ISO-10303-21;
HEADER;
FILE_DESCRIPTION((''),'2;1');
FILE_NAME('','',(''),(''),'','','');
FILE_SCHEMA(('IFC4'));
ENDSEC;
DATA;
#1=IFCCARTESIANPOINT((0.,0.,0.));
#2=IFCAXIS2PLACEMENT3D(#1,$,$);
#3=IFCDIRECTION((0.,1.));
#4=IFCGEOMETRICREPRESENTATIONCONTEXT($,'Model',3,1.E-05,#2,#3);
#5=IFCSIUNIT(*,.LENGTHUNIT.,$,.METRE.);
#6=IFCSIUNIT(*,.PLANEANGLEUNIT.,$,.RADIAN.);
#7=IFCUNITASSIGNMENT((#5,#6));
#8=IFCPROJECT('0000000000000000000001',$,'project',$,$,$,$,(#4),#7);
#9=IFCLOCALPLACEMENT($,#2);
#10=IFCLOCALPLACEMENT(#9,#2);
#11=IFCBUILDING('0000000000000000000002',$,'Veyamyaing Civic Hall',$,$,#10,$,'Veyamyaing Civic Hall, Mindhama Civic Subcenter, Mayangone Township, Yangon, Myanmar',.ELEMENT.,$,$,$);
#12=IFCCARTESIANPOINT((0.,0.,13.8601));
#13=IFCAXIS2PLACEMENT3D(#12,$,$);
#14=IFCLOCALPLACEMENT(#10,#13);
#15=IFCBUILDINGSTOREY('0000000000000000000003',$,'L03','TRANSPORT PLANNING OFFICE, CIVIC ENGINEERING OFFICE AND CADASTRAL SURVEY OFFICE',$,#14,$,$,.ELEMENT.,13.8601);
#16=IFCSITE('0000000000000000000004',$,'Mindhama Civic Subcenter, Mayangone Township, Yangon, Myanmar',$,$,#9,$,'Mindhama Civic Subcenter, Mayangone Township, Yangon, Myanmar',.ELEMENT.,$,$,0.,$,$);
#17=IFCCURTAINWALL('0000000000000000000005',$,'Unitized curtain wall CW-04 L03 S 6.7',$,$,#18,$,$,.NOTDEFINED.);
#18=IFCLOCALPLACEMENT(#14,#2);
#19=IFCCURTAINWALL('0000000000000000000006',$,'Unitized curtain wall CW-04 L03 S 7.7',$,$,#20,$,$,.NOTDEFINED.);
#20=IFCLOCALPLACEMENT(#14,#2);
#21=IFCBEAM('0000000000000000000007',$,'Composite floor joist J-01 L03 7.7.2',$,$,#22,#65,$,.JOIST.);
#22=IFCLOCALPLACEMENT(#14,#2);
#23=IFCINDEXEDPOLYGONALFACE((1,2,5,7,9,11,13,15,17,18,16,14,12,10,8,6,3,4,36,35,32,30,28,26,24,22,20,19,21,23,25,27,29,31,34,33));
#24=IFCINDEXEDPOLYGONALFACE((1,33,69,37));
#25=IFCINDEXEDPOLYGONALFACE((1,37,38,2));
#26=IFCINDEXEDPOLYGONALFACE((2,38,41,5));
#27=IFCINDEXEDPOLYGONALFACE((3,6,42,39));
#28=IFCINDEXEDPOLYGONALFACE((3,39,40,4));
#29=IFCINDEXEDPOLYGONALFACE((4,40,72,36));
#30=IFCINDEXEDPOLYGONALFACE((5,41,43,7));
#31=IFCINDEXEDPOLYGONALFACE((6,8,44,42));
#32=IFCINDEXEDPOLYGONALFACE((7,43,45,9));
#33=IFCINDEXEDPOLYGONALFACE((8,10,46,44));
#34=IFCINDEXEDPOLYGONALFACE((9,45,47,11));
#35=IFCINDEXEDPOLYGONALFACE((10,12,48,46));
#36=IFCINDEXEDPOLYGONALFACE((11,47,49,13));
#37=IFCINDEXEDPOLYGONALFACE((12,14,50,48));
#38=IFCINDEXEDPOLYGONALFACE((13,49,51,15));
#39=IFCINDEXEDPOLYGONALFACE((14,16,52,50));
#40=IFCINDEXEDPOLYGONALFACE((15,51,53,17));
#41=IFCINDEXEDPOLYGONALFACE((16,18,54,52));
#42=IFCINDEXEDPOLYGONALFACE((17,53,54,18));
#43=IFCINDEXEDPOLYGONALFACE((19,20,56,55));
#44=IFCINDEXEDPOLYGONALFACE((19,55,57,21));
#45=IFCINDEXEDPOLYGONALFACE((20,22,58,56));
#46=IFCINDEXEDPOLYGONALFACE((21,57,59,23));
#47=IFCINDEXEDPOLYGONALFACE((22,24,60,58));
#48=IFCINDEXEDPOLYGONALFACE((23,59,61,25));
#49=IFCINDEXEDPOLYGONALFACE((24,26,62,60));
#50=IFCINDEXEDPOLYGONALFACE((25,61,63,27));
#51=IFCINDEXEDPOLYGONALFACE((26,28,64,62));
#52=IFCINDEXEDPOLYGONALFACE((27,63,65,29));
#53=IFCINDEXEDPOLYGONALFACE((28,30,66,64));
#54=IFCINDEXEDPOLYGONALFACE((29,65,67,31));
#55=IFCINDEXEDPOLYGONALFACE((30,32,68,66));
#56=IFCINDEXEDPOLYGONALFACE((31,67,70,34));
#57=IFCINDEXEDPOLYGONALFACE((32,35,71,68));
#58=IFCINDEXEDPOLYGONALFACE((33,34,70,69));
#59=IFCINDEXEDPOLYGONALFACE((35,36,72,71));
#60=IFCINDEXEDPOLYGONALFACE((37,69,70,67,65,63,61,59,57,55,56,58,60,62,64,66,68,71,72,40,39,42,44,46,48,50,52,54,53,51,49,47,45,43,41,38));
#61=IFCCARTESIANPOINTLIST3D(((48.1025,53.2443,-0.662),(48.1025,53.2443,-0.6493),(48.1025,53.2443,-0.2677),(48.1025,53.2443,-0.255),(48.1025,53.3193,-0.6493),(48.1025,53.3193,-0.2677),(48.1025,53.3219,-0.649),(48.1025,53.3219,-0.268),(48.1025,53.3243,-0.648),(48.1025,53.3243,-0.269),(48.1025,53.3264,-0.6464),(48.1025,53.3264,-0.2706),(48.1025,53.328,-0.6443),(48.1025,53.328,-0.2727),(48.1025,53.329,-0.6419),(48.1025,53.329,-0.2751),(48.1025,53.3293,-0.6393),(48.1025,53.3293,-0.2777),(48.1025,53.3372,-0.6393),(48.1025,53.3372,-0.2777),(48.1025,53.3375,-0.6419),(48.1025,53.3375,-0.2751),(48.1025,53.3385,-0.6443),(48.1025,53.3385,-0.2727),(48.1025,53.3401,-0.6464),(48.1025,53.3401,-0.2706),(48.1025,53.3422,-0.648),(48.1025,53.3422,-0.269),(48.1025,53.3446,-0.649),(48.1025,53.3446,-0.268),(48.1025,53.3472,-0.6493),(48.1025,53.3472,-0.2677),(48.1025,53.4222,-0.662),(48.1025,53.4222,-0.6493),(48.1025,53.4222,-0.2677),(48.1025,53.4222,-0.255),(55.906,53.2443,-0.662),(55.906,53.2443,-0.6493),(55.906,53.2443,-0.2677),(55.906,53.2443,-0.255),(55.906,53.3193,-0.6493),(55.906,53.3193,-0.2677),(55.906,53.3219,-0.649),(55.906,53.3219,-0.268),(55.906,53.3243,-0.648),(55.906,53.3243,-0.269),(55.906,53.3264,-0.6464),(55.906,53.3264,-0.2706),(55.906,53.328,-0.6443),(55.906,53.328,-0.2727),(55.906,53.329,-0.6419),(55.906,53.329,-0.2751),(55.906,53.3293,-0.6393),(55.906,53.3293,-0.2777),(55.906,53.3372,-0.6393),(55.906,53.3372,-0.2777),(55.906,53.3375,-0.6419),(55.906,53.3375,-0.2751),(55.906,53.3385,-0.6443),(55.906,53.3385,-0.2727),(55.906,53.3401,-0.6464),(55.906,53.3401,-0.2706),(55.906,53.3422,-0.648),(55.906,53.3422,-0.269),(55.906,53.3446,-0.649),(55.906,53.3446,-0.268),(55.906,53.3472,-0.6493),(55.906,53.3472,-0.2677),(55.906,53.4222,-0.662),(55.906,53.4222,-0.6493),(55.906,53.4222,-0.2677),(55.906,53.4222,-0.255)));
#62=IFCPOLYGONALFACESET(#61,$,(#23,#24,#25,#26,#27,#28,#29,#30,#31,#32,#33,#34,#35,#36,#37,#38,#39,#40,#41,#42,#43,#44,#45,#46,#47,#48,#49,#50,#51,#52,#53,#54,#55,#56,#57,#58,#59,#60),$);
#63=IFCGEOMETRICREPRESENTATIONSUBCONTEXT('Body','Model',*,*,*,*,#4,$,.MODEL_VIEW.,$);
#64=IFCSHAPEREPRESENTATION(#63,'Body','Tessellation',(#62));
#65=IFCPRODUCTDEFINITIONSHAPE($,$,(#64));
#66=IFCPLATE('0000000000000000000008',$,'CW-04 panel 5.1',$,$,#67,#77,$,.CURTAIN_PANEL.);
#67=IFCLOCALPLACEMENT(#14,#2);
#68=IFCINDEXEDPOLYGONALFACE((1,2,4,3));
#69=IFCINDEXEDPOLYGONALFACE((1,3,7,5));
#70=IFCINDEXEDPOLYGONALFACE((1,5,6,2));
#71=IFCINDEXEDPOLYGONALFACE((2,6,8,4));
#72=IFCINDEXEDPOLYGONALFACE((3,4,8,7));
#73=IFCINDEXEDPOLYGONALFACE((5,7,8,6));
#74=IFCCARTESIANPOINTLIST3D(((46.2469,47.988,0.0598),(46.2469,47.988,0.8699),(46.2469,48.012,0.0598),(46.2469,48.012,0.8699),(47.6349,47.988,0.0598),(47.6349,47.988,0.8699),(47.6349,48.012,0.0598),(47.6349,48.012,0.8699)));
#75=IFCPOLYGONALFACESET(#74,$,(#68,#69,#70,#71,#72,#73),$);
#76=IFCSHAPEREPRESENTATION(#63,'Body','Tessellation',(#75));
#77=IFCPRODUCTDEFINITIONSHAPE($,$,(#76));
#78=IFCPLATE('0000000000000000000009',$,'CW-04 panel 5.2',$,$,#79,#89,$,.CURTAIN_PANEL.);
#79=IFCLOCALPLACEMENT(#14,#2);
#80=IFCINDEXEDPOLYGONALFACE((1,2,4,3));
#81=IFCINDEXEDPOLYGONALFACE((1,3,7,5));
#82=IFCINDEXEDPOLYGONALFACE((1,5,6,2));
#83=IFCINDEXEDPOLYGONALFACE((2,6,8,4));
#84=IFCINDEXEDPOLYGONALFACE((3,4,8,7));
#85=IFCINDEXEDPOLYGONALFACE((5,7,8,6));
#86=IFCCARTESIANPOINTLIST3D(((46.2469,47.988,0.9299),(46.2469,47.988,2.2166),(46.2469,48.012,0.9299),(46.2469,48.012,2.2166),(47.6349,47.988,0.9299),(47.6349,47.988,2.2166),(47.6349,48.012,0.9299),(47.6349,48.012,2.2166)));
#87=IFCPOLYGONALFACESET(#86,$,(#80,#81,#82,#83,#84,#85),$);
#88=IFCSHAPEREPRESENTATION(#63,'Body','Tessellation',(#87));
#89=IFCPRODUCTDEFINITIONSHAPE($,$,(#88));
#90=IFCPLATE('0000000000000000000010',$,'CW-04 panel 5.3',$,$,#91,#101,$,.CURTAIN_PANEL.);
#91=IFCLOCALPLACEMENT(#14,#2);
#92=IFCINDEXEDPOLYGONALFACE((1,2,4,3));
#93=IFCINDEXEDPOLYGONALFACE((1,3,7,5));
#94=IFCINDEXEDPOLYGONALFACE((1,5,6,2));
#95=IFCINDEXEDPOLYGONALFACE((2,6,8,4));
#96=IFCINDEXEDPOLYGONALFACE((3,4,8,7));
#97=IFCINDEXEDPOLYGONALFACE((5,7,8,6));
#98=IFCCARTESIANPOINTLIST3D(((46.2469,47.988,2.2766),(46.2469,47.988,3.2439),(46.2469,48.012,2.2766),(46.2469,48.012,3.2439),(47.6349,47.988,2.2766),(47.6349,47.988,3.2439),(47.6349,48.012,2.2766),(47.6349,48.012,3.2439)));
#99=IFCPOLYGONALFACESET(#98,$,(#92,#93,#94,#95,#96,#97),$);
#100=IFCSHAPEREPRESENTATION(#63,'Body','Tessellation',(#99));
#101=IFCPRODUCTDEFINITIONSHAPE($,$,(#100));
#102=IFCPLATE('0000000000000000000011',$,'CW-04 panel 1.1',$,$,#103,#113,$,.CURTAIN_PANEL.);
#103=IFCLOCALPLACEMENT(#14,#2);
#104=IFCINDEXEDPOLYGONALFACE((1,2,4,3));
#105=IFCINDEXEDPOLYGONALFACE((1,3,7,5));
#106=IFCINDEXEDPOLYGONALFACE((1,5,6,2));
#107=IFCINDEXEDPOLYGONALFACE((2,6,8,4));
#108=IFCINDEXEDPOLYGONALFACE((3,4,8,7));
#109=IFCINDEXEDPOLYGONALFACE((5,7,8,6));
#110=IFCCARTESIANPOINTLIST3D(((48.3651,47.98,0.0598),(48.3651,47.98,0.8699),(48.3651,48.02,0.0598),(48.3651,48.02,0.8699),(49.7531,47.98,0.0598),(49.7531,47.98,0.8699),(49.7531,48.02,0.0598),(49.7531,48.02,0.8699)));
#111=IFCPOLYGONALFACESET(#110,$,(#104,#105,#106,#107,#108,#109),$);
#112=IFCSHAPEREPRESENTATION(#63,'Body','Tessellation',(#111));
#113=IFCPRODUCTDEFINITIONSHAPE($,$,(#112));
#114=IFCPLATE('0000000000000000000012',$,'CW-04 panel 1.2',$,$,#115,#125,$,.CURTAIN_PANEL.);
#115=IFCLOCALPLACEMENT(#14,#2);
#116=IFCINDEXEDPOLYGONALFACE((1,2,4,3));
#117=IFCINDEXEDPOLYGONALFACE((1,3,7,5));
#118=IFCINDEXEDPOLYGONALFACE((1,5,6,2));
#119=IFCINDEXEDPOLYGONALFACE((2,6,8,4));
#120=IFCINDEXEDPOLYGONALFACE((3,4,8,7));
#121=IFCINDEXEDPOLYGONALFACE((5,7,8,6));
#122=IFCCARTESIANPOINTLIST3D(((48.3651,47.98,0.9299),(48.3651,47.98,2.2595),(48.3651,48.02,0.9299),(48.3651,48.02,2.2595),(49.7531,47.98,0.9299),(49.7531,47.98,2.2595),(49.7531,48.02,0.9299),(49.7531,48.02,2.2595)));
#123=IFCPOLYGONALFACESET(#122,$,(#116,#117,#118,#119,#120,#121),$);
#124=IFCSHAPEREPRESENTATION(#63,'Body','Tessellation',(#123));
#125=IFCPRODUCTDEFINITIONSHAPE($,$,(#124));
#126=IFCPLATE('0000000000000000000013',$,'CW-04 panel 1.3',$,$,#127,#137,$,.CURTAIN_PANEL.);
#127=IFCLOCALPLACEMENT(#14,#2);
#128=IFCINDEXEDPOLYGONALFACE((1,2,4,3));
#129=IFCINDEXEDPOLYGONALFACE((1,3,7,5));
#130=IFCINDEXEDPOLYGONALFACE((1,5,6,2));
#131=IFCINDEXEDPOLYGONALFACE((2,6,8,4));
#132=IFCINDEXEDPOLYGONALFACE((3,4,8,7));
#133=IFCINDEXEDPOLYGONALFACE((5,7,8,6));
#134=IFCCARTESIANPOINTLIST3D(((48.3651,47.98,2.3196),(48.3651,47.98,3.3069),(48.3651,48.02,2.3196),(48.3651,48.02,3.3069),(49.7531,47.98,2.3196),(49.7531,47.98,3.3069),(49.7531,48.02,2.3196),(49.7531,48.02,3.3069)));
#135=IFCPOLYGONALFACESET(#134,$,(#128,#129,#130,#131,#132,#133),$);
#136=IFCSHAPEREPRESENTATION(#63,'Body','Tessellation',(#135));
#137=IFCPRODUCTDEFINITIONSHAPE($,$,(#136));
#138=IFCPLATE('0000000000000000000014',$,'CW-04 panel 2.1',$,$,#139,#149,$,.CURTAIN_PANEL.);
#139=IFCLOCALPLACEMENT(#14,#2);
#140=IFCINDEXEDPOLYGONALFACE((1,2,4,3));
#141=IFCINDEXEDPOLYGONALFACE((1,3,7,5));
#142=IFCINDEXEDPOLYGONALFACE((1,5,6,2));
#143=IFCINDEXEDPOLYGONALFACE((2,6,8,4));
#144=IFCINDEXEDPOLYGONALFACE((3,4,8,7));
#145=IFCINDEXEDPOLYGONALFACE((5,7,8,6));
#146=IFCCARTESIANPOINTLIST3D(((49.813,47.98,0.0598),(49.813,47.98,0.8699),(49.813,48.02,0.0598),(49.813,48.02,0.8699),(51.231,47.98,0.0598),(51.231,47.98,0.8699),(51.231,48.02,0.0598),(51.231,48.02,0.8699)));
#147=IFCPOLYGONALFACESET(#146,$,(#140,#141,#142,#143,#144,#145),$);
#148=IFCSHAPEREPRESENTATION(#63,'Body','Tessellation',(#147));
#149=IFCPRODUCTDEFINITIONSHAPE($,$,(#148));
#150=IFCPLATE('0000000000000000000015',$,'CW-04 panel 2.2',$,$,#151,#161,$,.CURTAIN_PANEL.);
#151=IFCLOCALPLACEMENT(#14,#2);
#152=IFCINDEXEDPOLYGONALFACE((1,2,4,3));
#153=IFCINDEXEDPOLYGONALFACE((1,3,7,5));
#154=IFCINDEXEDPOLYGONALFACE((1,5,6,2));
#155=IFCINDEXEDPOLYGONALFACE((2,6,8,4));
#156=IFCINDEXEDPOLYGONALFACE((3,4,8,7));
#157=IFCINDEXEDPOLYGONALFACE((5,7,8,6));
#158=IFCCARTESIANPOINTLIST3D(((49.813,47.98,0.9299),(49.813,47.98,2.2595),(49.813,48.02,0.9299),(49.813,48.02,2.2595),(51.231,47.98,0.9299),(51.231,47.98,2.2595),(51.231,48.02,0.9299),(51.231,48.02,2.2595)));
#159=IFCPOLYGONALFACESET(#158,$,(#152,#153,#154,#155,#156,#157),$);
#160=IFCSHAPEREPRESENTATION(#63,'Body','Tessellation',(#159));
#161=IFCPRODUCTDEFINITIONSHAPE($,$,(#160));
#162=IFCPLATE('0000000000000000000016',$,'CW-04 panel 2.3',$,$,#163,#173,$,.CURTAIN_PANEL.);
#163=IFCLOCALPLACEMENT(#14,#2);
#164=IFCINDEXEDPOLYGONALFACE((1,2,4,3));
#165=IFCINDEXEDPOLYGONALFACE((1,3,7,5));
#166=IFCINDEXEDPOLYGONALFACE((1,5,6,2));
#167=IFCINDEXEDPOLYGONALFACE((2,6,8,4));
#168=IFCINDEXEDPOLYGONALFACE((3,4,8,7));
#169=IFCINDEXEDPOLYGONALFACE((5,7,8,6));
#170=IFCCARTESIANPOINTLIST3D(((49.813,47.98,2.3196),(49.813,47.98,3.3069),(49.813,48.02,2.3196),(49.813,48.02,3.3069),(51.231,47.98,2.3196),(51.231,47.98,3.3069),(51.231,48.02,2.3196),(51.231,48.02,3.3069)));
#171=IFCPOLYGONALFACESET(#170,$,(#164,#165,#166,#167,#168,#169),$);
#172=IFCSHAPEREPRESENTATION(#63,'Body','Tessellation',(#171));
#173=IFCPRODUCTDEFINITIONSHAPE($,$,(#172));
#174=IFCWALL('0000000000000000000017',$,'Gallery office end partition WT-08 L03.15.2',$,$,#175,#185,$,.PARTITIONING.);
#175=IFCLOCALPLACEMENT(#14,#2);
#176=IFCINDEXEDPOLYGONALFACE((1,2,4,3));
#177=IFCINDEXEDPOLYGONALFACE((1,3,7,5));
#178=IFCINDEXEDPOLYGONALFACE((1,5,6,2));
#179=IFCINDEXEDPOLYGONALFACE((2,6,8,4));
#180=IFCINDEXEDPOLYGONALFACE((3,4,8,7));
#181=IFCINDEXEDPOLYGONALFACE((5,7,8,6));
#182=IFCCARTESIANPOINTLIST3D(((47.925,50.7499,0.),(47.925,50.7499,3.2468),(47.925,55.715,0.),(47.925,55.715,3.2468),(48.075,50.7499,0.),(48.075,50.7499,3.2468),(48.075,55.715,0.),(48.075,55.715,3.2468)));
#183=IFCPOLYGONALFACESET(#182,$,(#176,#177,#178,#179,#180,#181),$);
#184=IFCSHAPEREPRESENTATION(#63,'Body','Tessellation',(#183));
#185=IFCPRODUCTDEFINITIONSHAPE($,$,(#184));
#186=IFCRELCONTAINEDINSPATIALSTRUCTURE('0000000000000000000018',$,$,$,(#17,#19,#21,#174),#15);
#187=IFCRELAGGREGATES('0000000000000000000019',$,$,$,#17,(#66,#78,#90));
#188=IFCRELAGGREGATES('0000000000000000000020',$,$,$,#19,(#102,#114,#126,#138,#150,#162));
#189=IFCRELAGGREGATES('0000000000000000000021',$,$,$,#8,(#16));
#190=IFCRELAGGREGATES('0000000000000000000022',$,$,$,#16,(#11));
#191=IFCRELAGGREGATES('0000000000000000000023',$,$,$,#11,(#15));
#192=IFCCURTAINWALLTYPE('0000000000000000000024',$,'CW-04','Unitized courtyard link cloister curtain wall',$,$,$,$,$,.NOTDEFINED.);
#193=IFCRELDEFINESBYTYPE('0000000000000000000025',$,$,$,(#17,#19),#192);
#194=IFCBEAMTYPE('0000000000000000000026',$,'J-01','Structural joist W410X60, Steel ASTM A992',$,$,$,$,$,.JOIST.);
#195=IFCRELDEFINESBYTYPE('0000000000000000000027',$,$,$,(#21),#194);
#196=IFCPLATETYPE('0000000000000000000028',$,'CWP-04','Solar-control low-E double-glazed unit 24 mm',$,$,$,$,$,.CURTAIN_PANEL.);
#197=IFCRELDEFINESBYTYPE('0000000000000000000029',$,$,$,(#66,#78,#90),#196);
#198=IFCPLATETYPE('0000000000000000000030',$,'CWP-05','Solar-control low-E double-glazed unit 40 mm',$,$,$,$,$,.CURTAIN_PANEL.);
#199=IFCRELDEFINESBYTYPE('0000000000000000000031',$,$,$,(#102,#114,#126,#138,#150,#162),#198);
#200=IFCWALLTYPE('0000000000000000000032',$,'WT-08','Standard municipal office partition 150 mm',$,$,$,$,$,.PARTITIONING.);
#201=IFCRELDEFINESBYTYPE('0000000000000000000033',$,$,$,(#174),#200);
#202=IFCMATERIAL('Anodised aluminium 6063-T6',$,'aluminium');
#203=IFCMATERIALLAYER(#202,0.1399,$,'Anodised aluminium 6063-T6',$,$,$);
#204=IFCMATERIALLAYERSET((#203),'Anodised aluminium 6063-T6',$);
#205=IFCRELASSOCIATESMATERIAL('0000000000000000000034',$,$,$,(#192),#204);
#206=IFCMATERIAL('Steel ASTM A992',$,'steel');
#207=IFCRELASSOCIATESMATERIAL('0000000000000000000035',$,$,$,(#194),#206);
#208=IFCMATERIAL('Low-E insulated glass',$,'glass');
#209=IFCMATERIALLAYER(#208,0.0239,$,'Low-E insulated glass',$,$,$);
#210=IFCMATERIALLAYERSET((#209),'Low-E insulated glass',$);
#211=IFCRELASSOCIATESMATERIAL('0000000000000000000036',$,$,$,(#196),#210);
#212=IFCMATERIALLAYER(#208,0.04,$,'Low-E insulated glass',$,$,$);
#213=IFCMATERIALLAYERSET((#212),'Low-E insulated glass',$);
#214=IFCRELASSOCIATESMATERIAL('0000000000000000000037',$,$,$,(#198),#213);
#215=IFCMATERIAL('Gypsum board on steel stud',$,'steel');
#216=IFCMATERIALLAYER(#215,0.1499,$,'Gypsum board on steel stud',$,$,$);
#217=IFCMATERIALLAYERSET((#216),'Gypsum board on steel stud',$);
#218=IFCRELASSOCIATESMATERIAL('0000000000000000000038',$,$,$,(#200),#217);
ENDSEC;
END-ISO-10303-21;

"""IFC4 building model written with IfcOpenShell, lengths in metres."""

from ifc_helpers import new_model, si_unit, direction, frame, frame_2d, origin, origin_2d, place, context, subcontext, project, spatial, rectangle, i_section, extrude, material, layer, layer_set, material_profile, profile_set, type_object, element, aggregate, save


model = new_model("IFC4")

# Units and contexts
model_context = context("Model", 3, precision=1e-05, world=origin(), true_north=direction((0.0, 1.0)))
body_context = subcontext(model_context, "Body", "Model", "MODEL_VIEW")
ifc_project = project(units=[si_unit("LENGTHUNIT", "METRE"), si_unit("PLANEANGLEUNIT", "RADIAN")], contexts=[model_context])

# Site, building, storey
site_placement = place(None, origin())
site = spatial("IfcSite", under=ifc_project, at=site_placement, Name="Mindhama Civic Subcenter, Mayangone Township, Yangon, Myanmar", LongName="Mindhama Civic Subcenter, Mayangone Township, Yangon, Myanmar", CompositionType="ELEMENT", RefElevation=0.0)
building_placement = place(site_placement, origin())
building = spatial("IfcBuilding", under=site, at=building_placement, Name="Veyamyaing Civic Hall", LongName="Veyamyaing Civic Hall, Mindhama Civic Subcenter, Mayangone Township, Yangon, Myanmar", CompositionType="ELEMENT")
storey_placement = place(building_placement, frame((0.0, 0.0, 13.8601)))
storey = spatial("IfcBuildingStorey", under=building, at=storey_placement, Name="L03", Description="TRANSPORT PLANNING OFFICE, CIVIC ENGINEERING OFFICE AND CADASTRAL SURVEY OFFICE", CompositionType="ELEMENT", Elevation=13.8601)

# Shared definitions
ifc_material_1 = material(Name="Steel ASTM A992", Category="steel")

# Curtain wall
ifc_material_2 = material(Name="Anodised aluminium 6063-T6", Category="aluminium")
ifc_layer_1 = layer(ifc_material_2, 0.1399, Name="Anodised aluminium 6063-T6")
ifc_layer_set_1 = layer_set([ifc_layer_1], Name="Anodised aluminium 6063-T6")
curtain_wall_type = type_object("IfcCurtainWallType", Name="CW-04", Description="Unitized courtyard link cloister curtain wall", PredefinedType="NOTDEFINED", material=ifc_layer_set_1)
curtain_wall_1_placement = place(storey_placement, origin())
curtain_wall_1 = element("IfcCurtainWall", 1, at=curtain_wall_1_placement, inside=storey, type_object=curtain_wall_type, Name="Unitized curtain wall CW-04 L03 S 6.7", PredefinedType="NOTDEFINED")

# Curtain wall
curtain_wall_2_placement = place(storey_placement, origin())
curtain_wall_2 = element("IfcCurtainWall", 2, at=curtain_wall_2_placement, inside=storey, type_object=curtain_wall_type, Name="Unitized curtain wall CW-04 L03 S 7.7", PredefinedType="NOTDEFINED")

# Beam
ifc_material_profile_1 = material_profile(ifc_material_1, i_section(OverallWidth=0.178, OverallDepth=0.407, WebThickness=0.0078, FlangeThickness=0.0127, FilletRadius=0.01, at=origin_2d()), Name="W410X60")
ifc_profile_set_1 = profile_set([ifc_material_profile_1], Name="Steel ASTM A992")
beam_type_1 = type_object("IfcBeamType", Name="J-01", Description="Structural joist W410X60, Steel ASTM A992", PredefinedType="JOIST", material=ifc_profile_set_1)
for number, where, z_axis, x_axis, name in (
    (3, (48.1025, 53.3333, -0.4585), (1.0, 0.0, 0.0), (0.0, 1.0, 0.0), "Composite floor joist J-01 L03 7.7.2"),
):
    element("IfcBeam", number, at=place(storey_placement, frame(where, z_axis=z_axis, x_axis=x_axis)), inside=storey, type_object=beam_type_1, Name=name, PredefinedType="JOIST", context=body_context, shape_type="SweptSolid", body=[
        extrude(i_section(OverallWidth=0.178, OverallDepth=0.407, WebThickness=0.0078, FlangeThickness=0.0127, FilletRadius=0.01, at=origin_2d()), origin(), (0.0, 0.0, 1.0), 7.8035),
    ])

# Plates
ifc_material_3 = material(Name="Low-E insulated glass", Category="glass")
ifc_layer_2 = layer(ifc_material_3, 0.0239, Name="Low-E insulated glass")
ifc_layer_set_2 = layer_set([ifc_layer_2], Name="Low-E insulated glass")
plate_type_1 = type_object("IfcPlateType", Name="CWP-04", Description="Solar-control low-E double-glazed unit 24 mm", PredefinedType="CURTAIN_PANEL", material=ifc_layer_set_2)
plate_1_placement = place(storey_placement, frame((46.9409, 48.0, 0.0598), z_axis=(0.0, 0.0, 1.0), x_axis=(1.0, 0.0, 0.0)))
plate_1 = element("IfcPlate", 4, at=plate_1_placement, type_object=plate_type_1, Name="CW-04 panel 5.1", PredefinedType="CURTAIN_PANEL", context=body_context, shape_type="SweptSolid", body=[
    extrude(rectangle(XDim=1.3879, YDim=0.0239, at=origin_2d()), origin(), (0.0, 0.0, 1.0), 0.8101),
])
plate_2_placement = place(storey_placement, frame((46.9409, 48.0, 0.9299), z_axis=(0.0, 0.0, 1.0), x_axis=(1.0, 0.0, 0.0)))
plate_2 = element("IfcPlate", 5, at=plate_2_placement, type_object=plate_type_1, Name="CW-04 panel 5.2", PredefinedType="CURTAIN_PANEL", context=body_context, shape_type="SweptSolid", body=[
    extrude(rectangle(XDim=1.3879, YDim=0.0239, at=origin_2d()), origin(), (0.0, 0.0, 1.0), 1.2866),
])
plate_3_placement = place(storey_placement, frame((46.9409, 48.0, 2.2766), z_axis=(0.0, 0.0, 1.0), x_axis=(1.0, 0.0, 0.0)))
plate_3 = element("IfcPlate", 6, at=plate_3_placement, type_object=plate_type_1, Name="CW-04 panel 5.3", PredefinedType="CURTAIN_PANEL", context=body_context, shape_type="SweptSolid", body=[
    extrude(rectangle(XDim=1.3879, YDim=0.0239, at=origin_2d()), origin(), (0.0, 0.0, 1.0), 0.9673),
])
aggregate(curtain_wall_1, [plate_1, plate_2, plate_3])
ifc_layer_3 = layer(ifc_material_3, 0.04, Name="Low-E insulated glass")
ifc_layer_set_3 = layer_set([ifc_layer_3], Name="Low-E insulated glass")
plate_type_2 = type_object("IfcPlateType", Name="CWP-05", Description="Solar-control low-E double-glazed unit 40 mm", PredefinedType="CURTAIN_PANEL", material=ifc_layer_set_3)
plate_4_placement = place(storey_placement, frame((49.0591, 48.0, 0.0598), z_axis=(0.0, 0.0, 1.0), x_axis=(1.0, 0.0, 0.0)))
plate_4 = element("IfcPlate", 7, at=plate_4_placement, type_object=plate_type_2, Name="CW-04 panel 1.1", PredefinedType="CURTAIN_PANEL", context=body_context, shape_type="SweptSolid", body=[
    extrude(rectangle(XDim=1.3879, YDim=0.04, at=origin_2d()), origin(), (0.0, 0.0, 1.0), 0.8101),
])
plate_5_placement = place(storey_placement, frame((49.0591, 48.0, 0.9299), z_axis=(0.0, 0.0, 1.0), x_axis=(1.0, 0.0, 0.0)))
plate_5 = element("IfcPlate", 8, at=plate_5_placement, type_object=plate_type_2, Name="CW-04 panel 1.2", PredefinedType="CURTAIN_PANEL", context=body_context, shape_type="SweptSolid", body=[
    extrude(rectangle(XDim=1.3879, YDim=0.04, at=origin_2d()), origin(), (0.0, 0.0, 1.0), 1.3296),
])
plate_6_placement = place(storey_placement, frame((49.0591, 48.0, 2.3196), z_axis=(0.0, 0.0, 1.0), x_axis=(1.0, 0.0, 0.0)))
plate_6 = element("IfcPlate", 9, at=plate_6_placement, type_object=plate_type_2, Name="CW-04 panel 1.3", PredefinedType="CURTAIN_PANEL", context=body_context, shape_type="SweptSolid", body=[
    extrude(rectangle(XDim=1.3879, YDim=0.04, at=origin_2d()), origin(), (0.0, 0.0, 1.0), 0.9873),
])
plate_7_placement = place(storey_placement, frame((50.522, 48.0, 0.0598), z_axis=(0.0, 0.0, 1.0), x_axis=(1.0, 0.0, 0.0)))
plate_7 = element("IfcPlate", 10, at=plate_7_placement, type_object=plate_type_2, Name="CW-04 panel 2.1", PredefinedType="CURTAIN_PANEL", context=body_context, shape_type="SweptSolid", body=[
    extrude(rectangle(XDim=1.418, YDim=0.04, at=origin_2d()), origin(), (0.0, 0.0, 1.0), 0.8101),
])
plate_8_placement = place(storey_placement, frame((50.522, 48.0, 0.9299), z_axis=(0.0, 0.0, 1.0), x_axis=(1.0, 0.0, 0.0)))
plate_8 = element("IfcPlate", 11, at=plate_8_placement, type_object=plate_type_2, Name="CW-04 panel 2.2", PredefinedType="CURTAIN_PANEL", context=body_context, shape_type="SweptSolid", body=[
    extrude(rectangle(XDim=1.418, YDim=0.04, at=origin_2d()), origin(), (0.0, 0.0, 1.0), 1.3296),
])
plate_9_placement = place(storey_placement, frame((50.522, 48.0, 2.3196), z_axis=(0.0, 0.0, 1.0), x_axis=(1.0, 0.0, 0.0)))
plate_9 = element("IfcPlate", 12, at=plate_9_placement, type_object=plate_type_2, Name="CW-04 panel 2.3", PredefinedType="CURTAIN_PANEL", context=body_context, shape_type="SweptSolid", body=[
    extrude(rectangle(XDim=1.418, YDim=0.04, at=origin_2d()), origin(), (0.0, 0.0, 1.0), 0.9873),
])
aggregate(curtain_wall_2, [plate_4, plate_5, plate_6, plate_7, plate_8, plate_9])

# Wall
ifc_material_4 = material(Name="Gypsum board on steel stud", Category="steel")
ifc_layer_4 = layer(ifc_material_4, 0.1499, Name="Gypsum board on steel stud")
ifc_layer_set_4 = layer_set([ifc_layer_4], Name="Gypsum board on steel stud")
wall_type_1 = type_object("IfcWallType", Name="WT-08", Description="Standard municipal office partition 150 mm", PredefinedType="PARTITIONING", material=ifc_layer_set_4)
wall_1_placement = place(storey_placement, frame((48.0, 50.75, 0.0), z_axis=(0.0, 0.0, 1.0), x_axis=(0.0, 1.0, 0.0)))
element("IfcWall", 13, at=wall_1_placement, inside=storey, type_object=wall_type_1, Name="Gallery office end partition WT-08 L03.15.2", PredefinedType="PARTITIONING", context=body_context, shape_type="SweptSolid", body=[
    extrude(rectangle(XDim=4.9651, YDim=0.1499, at=frame_2d((2.4824, 0.0))), origin(), (0.0, 0.0, 1.0), 3.2468),
])

save(model, "model.ifc")
